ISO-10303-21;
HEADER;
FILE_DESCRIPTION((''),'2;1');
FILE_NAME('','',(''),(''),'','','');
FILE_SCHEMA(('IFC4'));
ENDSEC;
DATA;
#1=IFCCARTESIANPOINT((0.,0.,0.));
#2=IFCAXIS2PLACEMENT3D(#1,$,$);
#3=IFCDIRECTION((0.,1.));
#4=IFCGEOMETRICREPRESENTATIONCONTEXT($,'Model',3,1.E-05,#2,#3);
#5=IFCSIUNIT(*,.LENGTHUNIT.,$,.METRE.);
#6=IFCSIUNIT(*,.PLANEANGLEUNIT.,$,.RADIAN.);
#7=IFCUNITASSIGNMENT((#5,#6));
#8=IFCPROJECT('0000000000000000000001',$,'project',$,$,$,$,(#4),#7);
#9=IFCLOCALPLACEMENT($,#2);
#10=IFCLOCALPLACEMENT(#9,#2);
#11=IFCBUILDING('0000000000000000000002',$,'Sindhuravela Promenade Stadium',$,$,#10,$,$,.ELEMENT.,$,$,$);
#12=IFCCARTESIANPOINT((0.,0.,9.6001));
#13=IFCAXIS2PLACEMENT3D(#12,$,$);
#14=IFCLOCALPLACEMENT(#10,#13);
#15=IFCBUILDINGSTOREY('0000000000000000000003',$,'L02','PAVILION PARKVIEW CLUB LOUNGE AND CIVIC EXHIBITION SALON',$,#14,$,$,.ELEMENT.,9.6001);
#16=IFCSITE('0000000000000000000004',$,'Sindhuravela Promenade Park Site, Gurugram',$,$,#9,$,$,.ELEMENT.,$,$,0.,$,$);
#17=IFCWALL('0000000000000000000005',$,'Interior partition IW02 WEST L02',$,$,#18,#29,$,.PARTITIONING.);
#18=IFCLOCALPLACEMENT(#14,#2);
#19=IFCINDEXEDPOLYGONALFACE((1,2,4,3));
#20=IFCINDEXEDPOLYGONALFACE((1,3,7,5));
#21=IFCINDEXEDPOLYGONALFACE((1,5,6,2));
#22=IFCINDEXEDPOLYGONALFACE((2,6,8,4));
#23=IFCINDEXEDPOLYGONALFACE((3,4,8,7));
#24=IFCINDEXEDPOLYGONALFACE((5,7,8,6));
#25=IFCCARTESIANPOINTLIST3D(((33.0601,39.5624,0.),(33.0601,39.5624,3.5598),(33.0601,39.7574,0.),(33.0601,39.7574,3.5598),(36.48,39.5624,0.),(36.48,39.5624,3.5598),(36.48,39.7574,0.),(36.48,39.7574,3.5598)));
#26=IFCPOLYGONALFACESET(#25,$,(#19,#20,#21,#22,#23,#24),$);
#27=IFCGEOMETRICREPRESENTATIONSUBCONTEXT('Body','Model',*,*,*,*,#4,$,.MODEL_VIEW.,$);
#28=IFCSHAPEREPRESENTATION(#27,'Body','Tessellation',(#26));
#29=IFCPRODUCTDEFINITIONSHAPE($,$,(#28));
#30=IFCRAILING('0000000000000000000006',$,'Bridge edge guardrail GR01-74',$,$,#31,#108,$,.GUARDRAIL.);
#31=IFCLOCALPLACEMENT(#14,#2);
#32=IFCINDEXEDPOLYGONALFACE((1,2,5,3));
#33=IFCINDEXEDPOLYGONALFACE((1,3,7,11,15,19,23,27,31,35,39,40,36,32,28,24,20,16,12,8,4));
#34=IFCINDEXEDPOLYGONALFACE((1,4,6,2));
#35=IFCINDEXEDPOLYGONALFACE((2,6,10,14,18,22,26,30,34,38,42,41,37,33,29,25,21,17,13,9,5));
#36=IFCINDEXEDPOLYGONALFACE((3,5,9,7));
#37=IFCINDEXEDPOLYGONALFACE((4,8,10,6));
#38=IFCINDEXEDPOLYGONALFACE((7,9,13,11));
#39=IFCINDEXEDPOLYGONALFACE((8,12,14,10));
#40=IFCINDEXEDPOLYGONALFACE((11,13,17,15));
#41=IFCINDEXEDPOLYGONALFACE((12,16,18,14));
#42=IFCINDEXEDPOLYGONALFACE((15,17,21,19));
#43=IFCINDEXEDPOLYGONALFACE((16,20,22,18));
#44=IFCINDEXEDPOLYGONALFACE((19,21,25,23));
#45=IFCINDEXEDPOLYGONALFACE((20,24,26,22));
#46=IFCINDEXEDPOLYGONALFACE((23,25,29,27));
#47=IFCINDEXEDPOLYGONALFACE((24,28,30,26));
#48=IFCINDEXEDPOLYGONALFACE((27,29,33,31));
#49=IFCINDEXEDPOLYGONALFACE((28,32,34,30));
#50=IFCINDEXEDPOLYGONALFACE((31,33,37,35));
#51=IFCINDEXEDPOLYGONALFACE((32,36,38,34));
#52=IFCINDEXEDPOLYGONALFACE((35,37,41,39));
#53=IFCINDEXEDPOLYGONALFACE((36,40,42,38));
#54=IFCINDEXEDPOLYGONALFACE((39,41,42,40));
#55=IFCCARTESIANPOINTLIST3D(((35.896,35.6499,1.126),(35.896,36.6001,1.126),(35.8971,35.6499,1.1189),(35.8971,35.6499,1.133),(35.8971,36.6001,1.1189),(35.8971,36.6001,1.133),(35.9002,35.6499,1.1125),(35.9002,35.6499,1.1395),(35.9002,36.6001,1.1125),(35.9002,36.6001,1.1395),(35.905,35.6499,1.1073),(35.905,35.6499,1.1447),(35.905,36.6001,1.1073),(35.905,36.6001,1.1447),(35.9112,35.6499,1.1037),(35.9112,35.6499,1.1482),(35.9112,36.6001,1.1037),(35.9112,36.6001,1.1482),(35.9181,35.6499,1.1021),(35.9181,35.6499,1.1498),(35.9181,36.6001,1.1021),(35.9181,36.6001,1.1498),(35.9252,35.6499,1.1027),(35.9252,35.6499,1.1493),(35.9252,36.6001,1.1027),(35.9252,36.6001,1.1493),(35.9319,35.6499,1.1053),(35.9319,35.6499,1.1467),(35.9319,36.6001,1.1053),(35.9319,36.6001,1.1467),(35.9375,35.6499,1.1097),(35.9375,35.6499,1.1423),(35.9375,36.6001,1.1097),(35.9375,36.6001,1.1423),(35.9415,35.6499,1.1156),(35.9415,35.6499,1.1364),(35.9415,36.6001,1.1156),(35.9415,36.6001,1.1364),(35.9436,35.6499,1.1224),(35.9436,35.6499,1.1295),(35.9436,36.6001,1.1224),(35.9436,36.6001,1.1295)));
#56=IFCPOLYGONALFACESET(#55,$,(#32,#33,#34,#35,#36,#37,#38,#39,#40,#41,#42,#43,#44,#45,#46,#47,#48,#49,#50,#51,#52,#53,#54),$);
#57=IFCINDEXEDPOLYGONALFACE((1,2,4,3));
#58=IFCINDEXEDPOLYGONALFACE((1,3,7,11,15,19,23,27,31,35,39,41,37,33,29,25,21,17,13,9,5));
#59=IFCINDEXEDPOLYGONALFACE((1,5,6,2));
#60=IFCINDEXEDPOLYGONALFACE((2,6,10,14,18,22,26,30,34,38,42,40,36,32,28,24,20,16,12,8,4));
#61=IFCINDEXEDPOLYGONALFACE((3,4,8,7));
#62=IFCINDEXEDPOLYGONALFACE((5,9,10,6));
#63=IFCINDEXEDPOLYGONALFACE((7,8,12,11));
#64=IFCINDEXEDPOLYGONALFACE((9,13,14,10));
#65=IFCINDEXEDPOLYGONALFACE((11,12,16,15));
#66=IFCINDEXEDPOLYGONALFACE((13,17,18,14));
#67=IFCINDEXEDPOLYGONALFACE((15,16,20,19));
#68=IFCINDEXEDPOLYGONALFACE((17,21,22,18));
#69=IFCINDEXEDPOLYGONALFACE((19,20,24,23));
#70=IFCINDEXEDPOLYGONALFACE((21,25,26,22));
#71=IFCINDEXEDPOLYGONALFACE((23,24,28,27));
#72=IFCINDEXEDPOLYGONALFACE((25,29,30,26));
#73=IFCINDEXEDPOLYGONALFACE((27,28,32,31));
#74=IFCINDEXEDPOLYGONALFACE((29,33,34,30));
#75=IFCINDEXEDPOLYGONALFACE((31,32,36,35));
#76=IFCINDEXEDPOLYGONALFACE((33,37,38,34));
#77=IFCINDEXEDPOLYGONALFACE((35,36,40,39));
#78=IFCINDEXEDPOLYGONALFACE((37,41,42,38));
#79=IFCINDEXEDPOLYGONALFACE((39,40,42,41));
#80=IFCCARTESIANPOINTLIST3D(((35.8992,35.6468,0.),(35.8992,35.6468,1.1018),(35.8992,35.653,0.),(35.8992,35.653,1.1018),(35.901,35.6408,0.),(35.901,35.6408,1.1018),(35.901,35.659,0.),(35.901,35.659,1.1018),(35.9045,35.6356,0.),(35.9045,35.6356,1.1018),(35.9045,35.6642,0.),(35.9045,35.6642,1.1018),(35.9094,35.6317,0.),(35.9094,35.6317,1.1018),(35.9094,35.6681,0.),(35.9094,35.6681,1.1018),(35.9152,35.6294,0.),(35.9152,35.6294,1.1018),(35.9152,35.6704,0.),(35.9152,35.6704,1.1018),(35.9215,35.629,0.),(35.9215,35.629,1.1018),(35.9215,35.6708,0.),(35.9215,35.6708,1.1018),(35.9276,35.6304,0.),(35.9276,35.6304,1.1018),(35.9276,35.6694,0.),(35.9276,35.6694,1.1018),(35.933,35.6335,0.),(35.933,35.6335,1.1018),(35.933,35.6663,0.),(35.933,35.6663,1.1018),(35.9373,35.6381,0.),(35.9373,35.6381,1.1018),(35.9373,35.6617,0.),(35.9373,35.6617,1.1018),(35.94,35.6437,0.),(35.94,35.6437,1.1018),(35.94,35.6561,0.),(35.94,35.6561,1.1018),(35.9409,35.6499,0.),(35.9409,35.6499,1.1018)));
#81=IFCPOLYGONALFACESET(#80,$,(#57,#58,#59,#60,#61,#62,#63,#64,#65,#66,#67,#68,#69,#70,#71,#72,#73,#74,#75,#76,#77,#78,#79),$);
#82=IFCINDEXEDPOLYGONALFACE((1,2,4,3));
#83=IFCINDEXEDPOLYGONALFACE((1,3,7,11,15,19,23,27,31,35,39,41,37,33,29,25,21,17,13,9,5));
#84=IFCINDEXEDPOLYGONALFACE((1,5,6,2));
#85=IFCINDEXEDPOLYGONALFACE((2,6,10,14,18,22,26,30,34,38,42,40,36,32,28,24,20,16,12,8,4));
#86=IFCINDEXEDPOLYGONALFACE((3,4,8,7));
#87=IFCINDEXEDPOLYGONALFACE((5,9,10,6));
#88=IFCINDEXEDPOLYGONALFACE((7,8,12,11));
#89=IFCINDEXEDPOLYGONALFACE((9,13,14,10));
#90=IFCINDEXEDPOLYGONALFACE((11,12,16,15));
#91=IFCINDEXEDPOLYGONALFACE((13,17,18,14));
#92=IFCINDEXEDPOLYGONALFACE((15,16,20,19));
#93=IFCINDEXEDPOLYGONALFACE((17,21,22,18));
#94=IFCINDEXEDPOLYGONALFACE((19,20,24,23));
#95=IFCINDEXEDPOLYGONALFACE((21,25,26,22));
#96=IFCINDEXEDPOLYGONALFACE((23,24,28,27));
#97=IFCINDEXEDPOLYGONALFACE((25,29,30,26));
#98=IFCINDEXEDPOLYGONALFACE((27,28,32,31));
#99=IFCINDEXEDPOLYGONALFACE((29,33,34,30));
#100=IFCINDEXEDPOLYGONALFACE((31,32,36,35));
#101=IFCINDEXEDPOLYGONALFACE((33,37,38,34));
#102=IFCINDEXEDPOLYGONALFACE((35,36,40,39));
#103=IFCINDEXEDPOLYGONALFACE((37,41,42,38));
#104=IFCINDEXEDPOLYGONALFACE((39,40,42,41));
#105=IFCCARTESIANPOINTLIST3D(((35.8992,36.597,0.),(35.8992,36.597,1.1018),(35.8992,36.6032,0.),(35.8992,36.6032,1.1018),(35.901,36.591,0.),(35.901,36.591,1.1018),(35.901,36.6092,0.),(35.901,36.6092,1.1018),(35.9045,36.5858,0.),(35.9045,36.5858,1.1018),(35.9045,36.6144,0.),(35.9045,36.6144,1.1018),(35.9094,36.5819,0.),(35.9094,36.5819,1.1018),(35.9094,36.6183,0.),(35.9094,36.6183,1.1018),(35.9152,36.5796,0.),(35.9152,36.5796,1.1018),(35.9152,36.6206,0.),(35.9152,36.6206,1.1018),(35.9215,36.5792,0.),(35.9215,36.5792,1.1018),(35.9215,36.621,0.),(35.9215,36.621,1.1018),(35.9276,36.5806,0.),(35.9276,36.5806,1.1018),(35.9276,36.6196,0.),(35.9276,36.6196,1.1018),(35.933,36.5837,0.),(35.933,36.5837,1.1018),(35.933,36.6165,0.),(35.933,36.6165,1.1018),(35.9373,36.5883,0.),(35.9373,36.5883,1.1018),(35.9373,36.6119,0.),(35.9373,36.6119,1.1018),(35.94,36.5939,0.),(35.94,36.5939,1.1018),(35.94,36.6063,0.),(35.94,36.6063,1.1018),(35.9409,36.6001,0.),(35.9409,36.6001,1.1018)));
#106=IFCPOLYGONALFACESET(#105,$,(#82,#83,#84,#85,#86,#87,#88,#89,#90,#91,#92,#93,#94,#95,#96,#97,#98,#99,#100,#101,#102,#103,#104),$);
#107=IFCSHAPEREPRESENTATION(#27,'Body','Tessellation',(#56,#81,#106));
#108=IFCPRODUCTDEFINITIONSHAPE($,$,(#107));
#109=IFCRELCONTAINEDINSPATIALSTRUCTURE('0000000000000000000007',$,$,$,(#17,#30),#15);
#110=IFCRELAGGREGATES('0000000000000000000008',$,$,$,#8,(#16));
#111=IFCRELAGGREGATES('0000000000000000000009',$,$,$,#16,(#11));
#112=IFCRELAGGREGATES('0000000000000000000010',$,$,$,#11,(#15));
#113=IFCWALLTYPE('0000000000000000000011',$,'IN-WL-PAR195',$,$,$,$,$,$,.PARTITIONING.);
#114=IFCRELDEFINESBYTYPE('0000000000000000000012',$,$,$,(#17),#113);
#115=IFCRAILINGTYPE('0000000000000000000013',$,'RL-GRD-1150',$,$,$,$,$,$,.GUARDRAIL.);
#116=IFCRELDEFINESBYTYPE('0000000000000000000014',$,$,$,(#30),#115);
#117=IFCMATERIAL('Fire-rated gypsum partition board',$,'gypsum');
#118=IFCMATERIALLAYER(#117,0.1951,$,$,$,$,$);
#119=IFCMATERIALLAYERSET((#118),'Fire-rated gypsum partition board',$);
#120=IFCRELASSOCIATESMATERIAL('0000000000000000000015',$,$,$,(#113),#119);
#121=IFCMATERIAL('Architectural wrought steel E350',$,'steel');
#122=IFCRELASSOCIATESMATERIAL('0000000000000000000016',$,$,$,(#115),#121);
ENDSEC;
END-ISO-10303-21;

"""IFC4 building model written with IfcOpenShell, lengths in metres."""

from ifc_helpers import new_model, si_unit, direction, frame, frame_2d, origin, origin_2d, place, context, subcontext, project, spatial, rectangle, circle, extrude, material, layer, layer_set, type_object, element, save


model = new_model("IFC4")

# Units and contexts
model_context = context("Model", 3, precision=1e-05, world=origin(), true_north=direction((0.0, 1.0)))
body_context = subcontext(model_context, "Body", "Model", "MODEL_VIEW")
ifc_project = project(units=[si_unit("LENGTHUNIT", "METRE"), si_unit("PLANEANGLEUNIT", "RADIAN")], contexts=[model_context])

# Site, building, storey
site_placement = place(None, origin())
site = spatial("IfcSite", under=ifc_project, at=site_placement, Name="Sindhuravela Promenade Park Site, Gurugram", CompositionType="ELEMENT", RefElevation=0.0)
building_placement = place(site_placement, origin())
building = spatial("IfcBuilding", under=site, at=building_placement, Name="Sindhuravela Promenade Stadium", CompositionType="ELEMENT")
storey_placement = place(building_placement, frame((0.0, 0.0, 9.6001)))
storey = spatial("IfcBuildingStorey", under=building, at=storey_placement, Name="L02", Description="PAVILION PARKVIEW CLUB LOUNGE AND CIVIC EXHIBITION SALON", CompositionType="ELEMENT", Elevation=9.6001)

# Shared definitions
ifc_material_1 = material(Name="Fire-rated gypsum partition board", Category="gypsum")

# Shared definitions
ifc_layer_1 = layer(ifc_material_1, 0.1951)
ifc_layer_set_1 = layer_set([ifc_layer_1], Name="Fire-rated gypsum partition board")
wall_type_1 = type_object("IfcWallType", Name="IN-WL-PAR195", PredefinedType="PARTITIONING", material=ifc_layer_set_1)

# Wall
wall_1_placement = place(storey_placement, frame((36.48, 39.6599, 0.0), z_axis=(0.0, 0.0, 1.0), x_axis=(-1.0, 0.0, 0.0)))
element("IfcWall", 1, at=wall_1_placement, inside=storey, type_object=wall_type_1, Name="Interior partition IW02 WEST L02", PredefinedType="PARTITIONING", context=body_context, shape_type="SweptSolid", body=[
    extrude(rectangle(XDim=3.4199, YDim=0.1951, at=frame_2d((1.71, 0.0))), origin(), (0.0, 0.0, 1.0), 3.5598),
])

# Railing
ifc_material_2 = material(Name="Architectural wrought steel E350", Category="steel")
railing_type = type_object("IfcRailingType", Name="RL-GRD-1150", PredefinedType="GUARDRAIL", material=ifc_material_2)
railing_placement = place(storey_placement, frame((35.9199, 35.6499, 0.0)))
element("IfcRailing", 2, at=railing_placement, inside=storey, type_object=railing_type, Name="Bridge edge guardrail GR01-74", PredefinedType="GUARDRAIL", context=body_context, shape_type="SweptSolid", body=[
    extrude(circle(Radius=0.0239, at=origin_2d()), frame((0.0, 0.0, 1.126), z_axis=(0.0, 1.0, 0.0), x_axis=(-1.0, 0.0, 0.0)), (0.0, 0.0, 1.0), 0.9502),
    extrude(circle(Radius=0.021, at=origin_2d()), origin(), (0.0, 0.0, 1.0), 1.1018),
    extrude(circle(Radius=0.021, at=origin_2d()), frame((0.0, 0.9502, 0.0)), (0.0, 0.0, 1.0), 1.1018),
])

save(model, "model.ifc")
